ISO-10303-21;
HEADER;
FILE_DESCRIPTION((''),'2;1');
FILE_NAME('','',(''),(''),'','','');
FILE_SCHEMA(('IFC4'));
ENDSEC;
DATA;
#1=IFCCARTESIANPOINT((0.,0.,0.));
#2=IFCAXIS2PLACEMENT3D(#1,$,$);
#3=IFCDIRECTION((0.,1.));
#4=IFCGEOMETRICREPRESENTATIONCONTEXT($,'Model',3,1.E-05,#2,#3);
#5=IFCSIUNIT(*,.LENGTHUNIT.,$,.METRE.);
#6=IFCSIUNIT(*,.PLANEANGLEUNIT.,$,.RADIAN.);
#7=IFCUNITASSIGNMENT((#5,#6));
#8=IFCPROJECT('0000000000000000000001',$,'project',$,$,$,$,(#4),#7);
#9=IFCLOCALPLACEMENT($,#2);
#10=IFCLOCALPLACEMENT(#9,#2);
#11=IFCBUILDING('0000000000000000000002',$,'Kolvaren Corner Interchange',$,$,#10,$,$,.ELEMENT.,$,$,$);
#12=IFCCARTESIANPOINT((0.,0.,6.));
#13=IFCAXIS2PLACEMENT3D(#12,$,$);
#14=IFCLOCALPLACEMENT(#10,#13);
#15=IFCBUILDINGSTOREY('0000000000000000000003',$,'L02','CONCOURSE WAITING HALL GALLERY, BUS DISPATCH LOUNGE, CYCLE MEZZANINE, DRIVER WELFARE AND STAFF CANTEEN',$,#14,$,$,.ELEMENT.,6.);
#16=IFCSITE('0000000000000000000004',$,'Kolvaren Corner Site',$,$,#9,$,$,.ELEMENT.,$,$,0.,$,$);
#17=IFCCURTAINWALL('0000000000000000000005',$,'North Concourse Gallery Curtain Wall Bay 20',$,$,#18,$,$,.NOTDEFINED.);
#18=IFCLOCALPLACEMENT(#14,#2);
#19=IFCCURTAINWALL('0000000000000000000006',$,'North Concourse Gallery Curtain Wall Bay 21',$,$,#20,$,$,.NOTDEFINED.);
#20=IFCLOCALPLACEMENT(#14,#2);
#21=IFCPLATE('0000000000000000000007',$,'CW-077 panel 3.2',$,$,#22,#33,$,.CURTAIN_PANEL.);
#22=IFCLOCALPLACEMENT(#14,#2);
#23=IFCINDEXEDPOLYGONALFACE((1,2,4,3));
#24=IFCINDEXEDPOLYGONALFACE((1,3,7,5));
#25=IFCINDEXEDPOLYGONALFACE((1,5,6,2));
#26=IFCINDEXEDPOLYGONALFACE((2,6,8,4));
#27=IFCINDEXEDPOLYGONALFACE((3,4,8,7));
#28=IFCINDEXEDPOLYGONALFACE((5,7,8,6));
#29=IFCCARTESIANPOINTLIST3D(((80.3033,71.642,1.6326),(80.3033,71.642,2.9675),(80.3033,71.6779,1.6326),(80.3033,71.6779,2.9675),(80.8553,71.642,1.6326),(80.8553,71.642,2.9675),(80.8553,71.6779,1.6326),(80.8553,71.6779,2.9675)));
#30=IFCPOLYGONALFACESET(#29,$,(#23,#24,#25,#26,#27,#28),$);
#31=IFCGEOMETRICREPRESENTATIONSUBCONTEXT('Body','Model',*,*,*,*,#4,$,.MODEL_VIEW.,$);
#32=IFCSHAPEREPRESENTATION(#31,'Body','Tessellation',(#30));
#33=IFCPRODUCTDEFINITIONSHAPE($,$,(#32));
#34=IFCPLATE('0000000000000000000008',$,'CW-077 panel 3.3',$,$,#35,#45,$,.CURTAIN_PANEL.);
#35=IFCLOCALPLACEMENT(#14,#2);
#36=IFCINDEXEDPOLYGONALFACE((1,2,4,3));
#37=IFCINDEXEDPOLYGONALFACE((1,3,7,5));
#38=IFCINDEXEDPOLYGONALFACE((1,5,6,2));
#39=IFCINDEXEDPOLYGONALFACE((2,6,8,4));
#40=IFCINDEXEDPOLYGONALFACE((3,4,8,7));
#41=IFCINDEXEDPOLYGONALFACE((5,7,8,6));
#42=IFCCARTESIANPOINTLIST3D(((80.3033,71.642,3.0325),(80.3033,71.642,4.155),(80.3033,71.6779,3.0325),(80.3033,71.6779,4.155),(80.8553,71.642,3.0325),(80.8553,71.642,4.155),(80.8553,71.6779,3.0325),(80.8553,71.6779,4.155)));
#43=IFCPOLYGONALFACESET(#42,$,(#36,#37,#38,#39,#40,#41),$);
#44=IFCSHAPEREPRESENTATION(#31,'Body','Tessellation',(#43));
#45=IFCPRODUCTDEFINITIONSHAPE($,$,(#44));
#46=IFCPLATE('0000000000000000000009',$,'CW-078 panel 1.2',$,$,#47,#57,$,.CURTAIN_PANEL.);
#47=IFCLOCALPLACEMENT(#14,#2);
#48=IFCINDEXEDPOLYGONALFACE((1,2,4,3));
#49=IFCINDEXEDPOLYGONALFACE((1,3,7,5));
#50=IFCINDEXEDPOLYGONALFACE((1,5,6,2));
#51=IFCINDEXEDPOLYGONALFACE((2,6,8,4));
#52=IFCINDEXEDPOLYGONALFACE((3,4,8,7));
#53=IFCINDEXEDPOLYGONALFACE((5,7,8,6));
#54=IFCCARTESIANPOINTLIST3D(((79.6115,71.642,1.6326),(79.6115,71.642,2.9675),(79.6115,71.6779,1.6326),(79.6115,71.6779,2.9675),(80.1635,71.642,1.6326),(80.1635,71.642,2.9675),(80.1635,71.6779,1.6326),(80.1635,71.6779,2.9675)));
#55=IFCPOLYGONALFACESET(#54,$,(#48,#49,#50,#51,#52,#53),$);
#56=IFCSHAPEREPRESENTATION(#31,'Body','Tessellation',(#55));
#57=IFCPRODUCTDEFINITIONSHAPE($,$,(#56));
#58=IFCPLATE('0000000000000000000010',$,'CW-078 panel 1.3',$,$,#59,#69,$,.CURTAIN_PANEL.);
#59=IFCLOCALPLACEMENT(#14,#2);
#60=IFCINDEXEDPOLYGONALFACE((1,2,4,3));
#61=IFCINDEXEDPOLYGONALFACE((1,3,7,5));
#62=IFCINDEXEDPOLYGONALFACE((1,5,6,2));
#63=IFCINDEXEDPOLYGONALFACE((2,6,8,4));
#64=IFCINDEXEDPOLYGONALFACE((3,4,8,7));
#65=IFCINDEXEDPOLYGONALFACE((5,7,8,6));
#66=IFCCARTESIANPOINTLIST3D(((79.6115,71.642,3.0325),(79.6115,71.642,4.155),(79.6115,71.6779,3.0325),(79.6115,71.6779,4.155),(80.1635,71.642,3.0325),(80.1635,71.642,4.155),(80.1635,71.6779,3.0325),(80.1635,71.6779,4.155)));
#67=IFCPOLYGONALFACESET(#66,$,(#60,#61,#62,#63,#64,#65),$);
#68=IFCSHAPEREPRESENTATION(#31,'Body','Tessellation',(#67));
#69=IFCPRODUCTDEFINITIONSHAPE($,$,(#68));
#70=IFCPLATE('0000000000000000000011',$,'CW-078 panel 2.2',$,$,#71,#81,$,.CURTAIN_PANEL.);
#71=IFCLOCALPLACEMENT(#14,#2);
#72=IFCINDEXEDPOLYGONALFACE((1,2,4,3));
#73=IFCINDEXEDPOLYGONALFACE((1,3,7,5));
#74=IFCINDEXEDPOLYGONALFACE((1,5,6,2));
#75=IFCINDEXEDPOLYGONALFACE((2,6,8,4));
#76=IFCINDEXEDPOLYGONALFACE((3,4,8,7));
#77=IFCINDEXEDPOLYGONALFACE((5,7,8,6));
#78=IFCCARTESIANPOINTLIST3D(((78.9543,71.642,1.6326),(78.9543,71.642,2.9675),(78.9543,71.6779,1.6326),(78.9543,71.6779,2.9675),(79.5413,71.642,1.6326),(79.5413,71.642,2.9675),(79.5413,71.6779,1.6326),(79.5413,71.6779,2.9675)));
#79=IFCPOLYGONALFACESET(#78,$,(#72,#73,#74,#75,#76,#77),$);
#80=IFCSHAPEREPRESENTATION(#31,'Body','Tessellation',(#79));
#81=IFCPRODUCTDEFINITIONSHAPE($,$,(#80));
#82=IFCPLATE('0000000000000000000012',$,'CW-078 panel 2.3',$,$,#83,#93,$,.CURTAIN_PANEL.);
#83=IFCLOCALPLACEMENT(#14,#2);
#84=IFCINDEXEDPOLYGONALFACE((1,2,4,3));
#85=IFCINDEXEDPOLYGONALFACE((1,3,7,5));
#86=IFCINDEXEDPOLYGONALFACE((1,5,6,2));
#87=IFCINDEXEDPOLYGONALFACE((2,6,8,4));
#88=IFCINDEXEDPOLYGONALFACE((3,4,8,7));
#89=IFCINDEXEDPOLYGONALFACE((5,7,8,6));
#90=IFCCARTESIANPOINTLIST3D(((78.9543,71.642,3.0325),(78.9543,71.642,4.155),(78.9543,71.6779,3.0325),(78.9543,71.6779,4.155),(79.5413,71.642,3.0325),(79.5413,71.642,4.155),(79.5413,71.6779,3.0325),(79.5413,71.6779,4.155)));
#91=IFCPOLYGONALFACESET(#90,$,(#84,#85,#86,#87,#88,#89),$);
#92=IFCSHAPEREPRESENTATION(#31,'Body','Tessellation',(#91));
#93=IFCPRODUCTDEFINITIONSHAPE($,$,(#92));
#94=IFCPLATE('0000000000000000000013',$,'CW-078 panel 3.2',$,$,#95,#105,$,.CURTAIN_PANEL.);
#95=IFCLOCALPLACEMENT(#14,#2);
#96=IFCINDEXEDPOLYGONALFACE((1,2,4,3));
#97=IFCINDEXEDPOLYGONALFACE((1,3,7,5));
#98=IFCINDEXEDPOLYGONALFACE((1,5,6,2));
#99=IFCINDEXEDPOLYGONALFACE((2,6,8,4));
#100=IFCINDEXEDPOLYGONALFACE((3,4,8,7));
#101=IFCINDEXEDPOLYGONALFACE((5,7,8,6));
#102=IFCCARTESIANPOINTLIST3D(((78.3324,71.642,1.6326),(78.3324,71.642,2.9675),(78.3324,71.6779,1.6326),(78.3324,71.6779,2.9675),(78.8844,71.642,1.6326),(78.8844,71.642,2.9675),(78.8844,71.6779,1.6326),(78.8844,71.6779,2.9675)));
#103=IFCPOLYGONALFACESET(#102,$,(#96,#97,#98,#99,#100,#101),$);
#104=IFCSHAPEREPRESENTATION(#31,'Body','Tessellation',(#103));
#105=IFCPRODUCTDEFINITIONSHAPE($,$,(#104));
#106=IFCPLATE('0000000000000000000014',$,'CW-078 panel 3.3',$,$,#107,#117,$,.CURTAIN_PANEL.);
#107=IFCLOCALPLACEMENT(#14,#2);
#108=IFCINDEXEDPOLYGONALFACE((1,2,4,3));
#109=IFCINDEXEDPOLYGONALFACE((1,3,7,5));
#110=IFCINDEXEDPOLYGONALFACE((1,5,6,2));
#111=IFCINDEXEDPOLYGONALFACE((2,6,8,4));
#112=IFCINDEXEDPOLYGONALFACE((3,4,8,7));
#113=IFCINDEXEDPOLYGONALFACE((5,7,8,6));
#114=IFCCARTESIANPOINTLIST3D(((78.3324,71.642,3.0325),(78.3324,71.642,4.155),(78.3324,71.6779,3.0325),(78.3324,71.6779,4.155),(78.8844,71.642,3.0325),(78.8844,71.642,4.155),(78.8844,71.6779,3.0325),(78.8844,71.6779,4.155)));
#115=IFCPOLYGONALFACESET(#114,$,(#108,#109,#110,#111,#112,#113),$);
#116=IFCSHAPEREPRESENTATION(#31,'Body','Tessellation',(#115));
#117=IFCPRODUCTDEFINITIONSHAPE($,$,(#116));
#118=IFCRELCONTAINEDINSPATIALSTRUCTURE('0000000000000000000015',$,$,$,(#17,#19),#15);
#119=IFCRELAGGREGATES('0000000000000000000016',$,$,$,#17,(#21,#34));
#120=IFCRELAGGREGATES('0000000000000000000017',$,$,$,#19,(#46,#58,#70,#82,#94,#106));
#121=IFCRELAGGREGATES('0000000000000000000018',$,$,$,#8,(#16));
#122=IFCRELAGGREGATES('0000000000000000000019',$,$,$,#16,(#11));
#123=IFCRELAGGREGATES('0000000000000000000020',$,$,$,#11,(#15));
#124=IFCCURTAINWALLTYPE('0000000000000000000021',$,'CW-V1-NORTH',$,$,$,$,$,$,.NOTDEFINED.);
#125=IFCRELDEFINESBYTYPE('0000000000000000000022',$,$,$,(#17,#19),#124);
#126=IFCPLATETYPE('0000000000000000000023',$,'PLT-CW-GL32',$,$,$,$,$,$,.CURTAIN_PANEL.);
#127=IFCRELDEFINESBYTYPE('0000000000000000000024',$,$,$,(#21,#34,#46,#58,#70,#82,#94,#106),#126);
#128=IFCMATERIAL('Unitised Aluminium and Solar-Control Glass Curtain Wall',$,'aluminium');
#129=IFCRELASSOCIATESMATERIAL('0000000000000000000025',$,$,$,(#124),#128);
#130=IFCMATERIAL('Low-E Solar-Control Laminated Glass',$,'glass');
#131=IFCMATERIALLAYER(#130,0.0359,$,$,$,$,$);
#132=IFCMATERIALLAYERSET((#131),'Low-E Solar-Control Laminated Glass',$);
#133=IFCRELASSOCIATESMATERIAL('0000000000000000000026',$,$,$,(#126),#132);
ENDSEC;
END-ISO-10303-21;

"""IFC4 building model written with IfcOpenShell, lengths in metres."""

from ifc_helpers import new_model, si_unit, direction, frame, origin, origin_2d, place, context, subcontext, project, spatial, rectangle, extrude, material, layer, layer_set, type_object, element, aggregate, save


model = new_model("IFC4")

# Units and contexts
model_context = context("Model", 3, precision=1e-05, world=origin(), true_north=direction((0.0, 1.0)))
body_context = subcontext(model_context, "Body", "Model", "MODEL_VIEW")
ifc_project = project(units=[si_unit("LENGTHUNIT", "METRE"), si_unit("PLANEANGLEUNIT", "RADIAN")], contexts=[model_context])

# Site, building, storey
site_placement = place(None, origin())
site = spatial("IfcSite", under=ifc_project, at=site_placement, Name="Kolvaren Corner Site", CompositionType="ELEMENT", RefElevation=0.0)
building_placement = place(site_placement, origin())
building = spatial("IfcBuilding", under=site, at=building_placement, Name="Kolvaren Corner Interchange", CompositionType="ELEMENT")
storey_placement = place(building_placement, frame((0.0, 0.0, 6.0)))
storey = spatial("IfcBuildingStorey", under=building, at=storey_placement, Name="L02", Description="CONCOURSE WAITING HALL GALLERY, BUS DISPATCH LOUNGE, CYCLE MEZZANINE, DRIVER WELFARE AND STAFF CANTEEN", CompositionType="ELEMENT", Elevation=6.0)

# Curtain walls
ifc_material_1 = material(Name="Unitised Aluminium and Solar-Control Glass Curtain Wall", Category="aluminium")
curtain_wall_type = type_object("IfcCurtainWallType", Name="CW-V1-NORTH", PredefinedType="NOTDEFINED", material=ifc_material_1)
curtain_wall_1_placement = place(storey_placement, origin())
curtain_wall_1 = element("IfcCurtainWall", 1, at=curtain_wall_1_placement, inside=storey, type_object=curtain_wall_type, Name="North Concourse Gallery Curtain Wall Bay 20", PredefinedType="NOTDEFINED")
curtain_wall_2_placement = place(storey_placement, origin())
curtain_wall_2 = element("IfcCurtainWall", 2, at=curtain_wall_2_placement, inside=storey, type_object=curtain_wall_type, Name="North Concourse Gallery Curtain Wall Bay 21", PredefinedType="NOTDEFINED")

# Plates
ifc_material_2 = material(Name="Low-E Solar-Control Laminated Glass", Category="glass")
ifc_layer = layer(ifc_material_2, 0.0359)
ifc_layer_set = layer_set([ifc_layer], Name="Low-E Solar-Control Laminated Glass")
plate_type = type_object("IfcPlateType", Name="PLT-CW-GL32", PredefinedType="CURTAIN_PANEL", material=ifc_layer_set)
plate_1_placement = place(storey_placement, frame((80.5793, 71.6599, 1.6326), z_axis=(0.0, 0.0, 1.0), x_axis=(-1.0, 0.0, 0.0)))
plate_1 = element("IfcPlate", 3, at=plate_1_placement, type_object=plate_type, Name="CW-077 panel 3.2", PredefinedType="CURTAIN_PANEL", context=body_context, shape_type="SweptSolid", body=[
    extrude(rectangle(XDim=0.552, YDim=0.0359, at=origin_2d()), origin(), (0.0, 0.0, 1.0), 1.335),
])
plate_2_placement = place(storey_placement, frame((80.5793, 71.6599, 3.0325), z_axis=(0.0, 0.0, 1.0), x_axis=(-1.0, 0.0, 0.0)))
plate_2 = element("IfcPlate", 4, at=plate_2_placement, type_object=plate_type, Name="CW-077 panel 3.3", PredefinedType="CURTAIN_PANEL", context=body_context, shape_type="SweptSolid", body=[
    extrude(rectangle(XDim=0.552, YDim=0.0359, at=origin_2d()), origin(), (0.0, 0.0, 1.0), 1.1226),
])
aggregate(curtain_wall_1, [plate_1, plate_2])
plate_3_placement = place(storey_placement, frame((79.8875, 71.6599, 1.6326), z_axis=(0.0, 0.0, 1.0), x_axis=(-1.0, 0.0, 0.0)))
plate_3 = element("IfcPlate", 5, at=plate_3_placement, type_object=plate_type, Name="CW-078 panel 1.2", PredefinedType="CURTAIN_PANEL", context=body_context, shape_type="SweptSolid", body=[
    extrude(rectangle(XDim=0.552, YDim=0.0359, at=origin_2d()), origin(), (0.0, 0.0, 1.0), 1.335),
])
plate_4_placement = place(storey_placement, frame((79.8875, 71.6599, 3.0325), z_axis=(0.0, 0.0, 1.0), x_axis=(-1.0, 0.0, 0.0)))
plate_4 = element("IfcPlate", 6, at=plate_4_placement, type_object=plate_type, Name="CW-078 panel 1.3", PredefinedType="CURTAIN_PANEL", context=body_context, shape_type="SweptSolid", body=[
    extrude(rectangle(XDim=0.552, YDim=0.0359, at=origin_2d()), origin(), (0.0, 0.0, 1.0), 1.1226),
])
plate_5_placement = place(storey_placement, frame((79.2478, 71.6599, 1.6326), z_axis=(0.0, 0.0, 1.0), x_axis=(-1.0, 0.0, 0.0)))
plate_5 = element("IfcPlate", 7, at=plate_5_placement, type_object=plate_type, Name="CW-078 panel 2.2", PredefinedType="CURTAIN_PANEL", context=body_context, shape_type="SweptSolid", body=[
    extrude(rectangle(XDim=0.5869, YDim=0.0359, at=origin_2d()), origin(), (0.0, 0.0, 1.0), 1.335),
])
plate_6_placement = place(storey_placement, frame((79.2478, 71.6599, 3.0325), z_axis=(0.0, 0.0, 1.0), x_axis=(-1.0, 0.0, 0.0)))
plate_6 = element("IfcPlate", 8, at=plate_6_placement, type_object=plate_type, Name="CW-078 panel 2.3", PredefinedType="CURTAIN_PANEL", context=body_context, shape_type="SweptSolid", body=[
    extrude(rectangle(XDim=0.5869, YDim=0.0359, at=origin_2d()), origin(), (0.0, 0.0, 1.0), 1.1226),
])
plate_7_placement = place(storey_placement, frame((78.6084, 71.6599, 1.6326), z_axis=(0.0, 0.0, 1.0), x_axis=(-1.0, 0.0, 0.0)))
plate_7 = element("IfcPlate", 9, at=plate_7_placement, type_object=plate_type, Name="CW-078 panel 3.2", PredefinedType="CURTAIN_PANEL", context=body_context, shape_type="SweptSolid", body=[
    extrude(rectangle(XDim=0.552, YDim=0.0359, at=origin_2d()), origin(), (0.0, 0.0, 1.0), 1.335),
])
plate_8_placement = place(storey_placement, frame((78.6084, 71.6599, 3.0325), z_axis=(0.0, 0.0, 1.0), x_axis=(-1.0, 0.0, 0.0)))
plate_8 = element("IfcPlate", 10, at=plate_8_placement, type_object=plate_type, Name="CW-078 panel 3.3", PredefinedType="CURTAIN_PANEL", context=body_context, shape_type="SweptSolid", body=[
    extrude(rectangle(XDim=0.552, YDim=0.0359, at=origin_2d()), origin(), (0.0, 0.0, 1.0), 1.1226),
])
aggregate(curtain_wall_2, [plate_3, plate_4, plate_5, plate_6, plate_7, plate_8])

save(model, "model.ifc")
